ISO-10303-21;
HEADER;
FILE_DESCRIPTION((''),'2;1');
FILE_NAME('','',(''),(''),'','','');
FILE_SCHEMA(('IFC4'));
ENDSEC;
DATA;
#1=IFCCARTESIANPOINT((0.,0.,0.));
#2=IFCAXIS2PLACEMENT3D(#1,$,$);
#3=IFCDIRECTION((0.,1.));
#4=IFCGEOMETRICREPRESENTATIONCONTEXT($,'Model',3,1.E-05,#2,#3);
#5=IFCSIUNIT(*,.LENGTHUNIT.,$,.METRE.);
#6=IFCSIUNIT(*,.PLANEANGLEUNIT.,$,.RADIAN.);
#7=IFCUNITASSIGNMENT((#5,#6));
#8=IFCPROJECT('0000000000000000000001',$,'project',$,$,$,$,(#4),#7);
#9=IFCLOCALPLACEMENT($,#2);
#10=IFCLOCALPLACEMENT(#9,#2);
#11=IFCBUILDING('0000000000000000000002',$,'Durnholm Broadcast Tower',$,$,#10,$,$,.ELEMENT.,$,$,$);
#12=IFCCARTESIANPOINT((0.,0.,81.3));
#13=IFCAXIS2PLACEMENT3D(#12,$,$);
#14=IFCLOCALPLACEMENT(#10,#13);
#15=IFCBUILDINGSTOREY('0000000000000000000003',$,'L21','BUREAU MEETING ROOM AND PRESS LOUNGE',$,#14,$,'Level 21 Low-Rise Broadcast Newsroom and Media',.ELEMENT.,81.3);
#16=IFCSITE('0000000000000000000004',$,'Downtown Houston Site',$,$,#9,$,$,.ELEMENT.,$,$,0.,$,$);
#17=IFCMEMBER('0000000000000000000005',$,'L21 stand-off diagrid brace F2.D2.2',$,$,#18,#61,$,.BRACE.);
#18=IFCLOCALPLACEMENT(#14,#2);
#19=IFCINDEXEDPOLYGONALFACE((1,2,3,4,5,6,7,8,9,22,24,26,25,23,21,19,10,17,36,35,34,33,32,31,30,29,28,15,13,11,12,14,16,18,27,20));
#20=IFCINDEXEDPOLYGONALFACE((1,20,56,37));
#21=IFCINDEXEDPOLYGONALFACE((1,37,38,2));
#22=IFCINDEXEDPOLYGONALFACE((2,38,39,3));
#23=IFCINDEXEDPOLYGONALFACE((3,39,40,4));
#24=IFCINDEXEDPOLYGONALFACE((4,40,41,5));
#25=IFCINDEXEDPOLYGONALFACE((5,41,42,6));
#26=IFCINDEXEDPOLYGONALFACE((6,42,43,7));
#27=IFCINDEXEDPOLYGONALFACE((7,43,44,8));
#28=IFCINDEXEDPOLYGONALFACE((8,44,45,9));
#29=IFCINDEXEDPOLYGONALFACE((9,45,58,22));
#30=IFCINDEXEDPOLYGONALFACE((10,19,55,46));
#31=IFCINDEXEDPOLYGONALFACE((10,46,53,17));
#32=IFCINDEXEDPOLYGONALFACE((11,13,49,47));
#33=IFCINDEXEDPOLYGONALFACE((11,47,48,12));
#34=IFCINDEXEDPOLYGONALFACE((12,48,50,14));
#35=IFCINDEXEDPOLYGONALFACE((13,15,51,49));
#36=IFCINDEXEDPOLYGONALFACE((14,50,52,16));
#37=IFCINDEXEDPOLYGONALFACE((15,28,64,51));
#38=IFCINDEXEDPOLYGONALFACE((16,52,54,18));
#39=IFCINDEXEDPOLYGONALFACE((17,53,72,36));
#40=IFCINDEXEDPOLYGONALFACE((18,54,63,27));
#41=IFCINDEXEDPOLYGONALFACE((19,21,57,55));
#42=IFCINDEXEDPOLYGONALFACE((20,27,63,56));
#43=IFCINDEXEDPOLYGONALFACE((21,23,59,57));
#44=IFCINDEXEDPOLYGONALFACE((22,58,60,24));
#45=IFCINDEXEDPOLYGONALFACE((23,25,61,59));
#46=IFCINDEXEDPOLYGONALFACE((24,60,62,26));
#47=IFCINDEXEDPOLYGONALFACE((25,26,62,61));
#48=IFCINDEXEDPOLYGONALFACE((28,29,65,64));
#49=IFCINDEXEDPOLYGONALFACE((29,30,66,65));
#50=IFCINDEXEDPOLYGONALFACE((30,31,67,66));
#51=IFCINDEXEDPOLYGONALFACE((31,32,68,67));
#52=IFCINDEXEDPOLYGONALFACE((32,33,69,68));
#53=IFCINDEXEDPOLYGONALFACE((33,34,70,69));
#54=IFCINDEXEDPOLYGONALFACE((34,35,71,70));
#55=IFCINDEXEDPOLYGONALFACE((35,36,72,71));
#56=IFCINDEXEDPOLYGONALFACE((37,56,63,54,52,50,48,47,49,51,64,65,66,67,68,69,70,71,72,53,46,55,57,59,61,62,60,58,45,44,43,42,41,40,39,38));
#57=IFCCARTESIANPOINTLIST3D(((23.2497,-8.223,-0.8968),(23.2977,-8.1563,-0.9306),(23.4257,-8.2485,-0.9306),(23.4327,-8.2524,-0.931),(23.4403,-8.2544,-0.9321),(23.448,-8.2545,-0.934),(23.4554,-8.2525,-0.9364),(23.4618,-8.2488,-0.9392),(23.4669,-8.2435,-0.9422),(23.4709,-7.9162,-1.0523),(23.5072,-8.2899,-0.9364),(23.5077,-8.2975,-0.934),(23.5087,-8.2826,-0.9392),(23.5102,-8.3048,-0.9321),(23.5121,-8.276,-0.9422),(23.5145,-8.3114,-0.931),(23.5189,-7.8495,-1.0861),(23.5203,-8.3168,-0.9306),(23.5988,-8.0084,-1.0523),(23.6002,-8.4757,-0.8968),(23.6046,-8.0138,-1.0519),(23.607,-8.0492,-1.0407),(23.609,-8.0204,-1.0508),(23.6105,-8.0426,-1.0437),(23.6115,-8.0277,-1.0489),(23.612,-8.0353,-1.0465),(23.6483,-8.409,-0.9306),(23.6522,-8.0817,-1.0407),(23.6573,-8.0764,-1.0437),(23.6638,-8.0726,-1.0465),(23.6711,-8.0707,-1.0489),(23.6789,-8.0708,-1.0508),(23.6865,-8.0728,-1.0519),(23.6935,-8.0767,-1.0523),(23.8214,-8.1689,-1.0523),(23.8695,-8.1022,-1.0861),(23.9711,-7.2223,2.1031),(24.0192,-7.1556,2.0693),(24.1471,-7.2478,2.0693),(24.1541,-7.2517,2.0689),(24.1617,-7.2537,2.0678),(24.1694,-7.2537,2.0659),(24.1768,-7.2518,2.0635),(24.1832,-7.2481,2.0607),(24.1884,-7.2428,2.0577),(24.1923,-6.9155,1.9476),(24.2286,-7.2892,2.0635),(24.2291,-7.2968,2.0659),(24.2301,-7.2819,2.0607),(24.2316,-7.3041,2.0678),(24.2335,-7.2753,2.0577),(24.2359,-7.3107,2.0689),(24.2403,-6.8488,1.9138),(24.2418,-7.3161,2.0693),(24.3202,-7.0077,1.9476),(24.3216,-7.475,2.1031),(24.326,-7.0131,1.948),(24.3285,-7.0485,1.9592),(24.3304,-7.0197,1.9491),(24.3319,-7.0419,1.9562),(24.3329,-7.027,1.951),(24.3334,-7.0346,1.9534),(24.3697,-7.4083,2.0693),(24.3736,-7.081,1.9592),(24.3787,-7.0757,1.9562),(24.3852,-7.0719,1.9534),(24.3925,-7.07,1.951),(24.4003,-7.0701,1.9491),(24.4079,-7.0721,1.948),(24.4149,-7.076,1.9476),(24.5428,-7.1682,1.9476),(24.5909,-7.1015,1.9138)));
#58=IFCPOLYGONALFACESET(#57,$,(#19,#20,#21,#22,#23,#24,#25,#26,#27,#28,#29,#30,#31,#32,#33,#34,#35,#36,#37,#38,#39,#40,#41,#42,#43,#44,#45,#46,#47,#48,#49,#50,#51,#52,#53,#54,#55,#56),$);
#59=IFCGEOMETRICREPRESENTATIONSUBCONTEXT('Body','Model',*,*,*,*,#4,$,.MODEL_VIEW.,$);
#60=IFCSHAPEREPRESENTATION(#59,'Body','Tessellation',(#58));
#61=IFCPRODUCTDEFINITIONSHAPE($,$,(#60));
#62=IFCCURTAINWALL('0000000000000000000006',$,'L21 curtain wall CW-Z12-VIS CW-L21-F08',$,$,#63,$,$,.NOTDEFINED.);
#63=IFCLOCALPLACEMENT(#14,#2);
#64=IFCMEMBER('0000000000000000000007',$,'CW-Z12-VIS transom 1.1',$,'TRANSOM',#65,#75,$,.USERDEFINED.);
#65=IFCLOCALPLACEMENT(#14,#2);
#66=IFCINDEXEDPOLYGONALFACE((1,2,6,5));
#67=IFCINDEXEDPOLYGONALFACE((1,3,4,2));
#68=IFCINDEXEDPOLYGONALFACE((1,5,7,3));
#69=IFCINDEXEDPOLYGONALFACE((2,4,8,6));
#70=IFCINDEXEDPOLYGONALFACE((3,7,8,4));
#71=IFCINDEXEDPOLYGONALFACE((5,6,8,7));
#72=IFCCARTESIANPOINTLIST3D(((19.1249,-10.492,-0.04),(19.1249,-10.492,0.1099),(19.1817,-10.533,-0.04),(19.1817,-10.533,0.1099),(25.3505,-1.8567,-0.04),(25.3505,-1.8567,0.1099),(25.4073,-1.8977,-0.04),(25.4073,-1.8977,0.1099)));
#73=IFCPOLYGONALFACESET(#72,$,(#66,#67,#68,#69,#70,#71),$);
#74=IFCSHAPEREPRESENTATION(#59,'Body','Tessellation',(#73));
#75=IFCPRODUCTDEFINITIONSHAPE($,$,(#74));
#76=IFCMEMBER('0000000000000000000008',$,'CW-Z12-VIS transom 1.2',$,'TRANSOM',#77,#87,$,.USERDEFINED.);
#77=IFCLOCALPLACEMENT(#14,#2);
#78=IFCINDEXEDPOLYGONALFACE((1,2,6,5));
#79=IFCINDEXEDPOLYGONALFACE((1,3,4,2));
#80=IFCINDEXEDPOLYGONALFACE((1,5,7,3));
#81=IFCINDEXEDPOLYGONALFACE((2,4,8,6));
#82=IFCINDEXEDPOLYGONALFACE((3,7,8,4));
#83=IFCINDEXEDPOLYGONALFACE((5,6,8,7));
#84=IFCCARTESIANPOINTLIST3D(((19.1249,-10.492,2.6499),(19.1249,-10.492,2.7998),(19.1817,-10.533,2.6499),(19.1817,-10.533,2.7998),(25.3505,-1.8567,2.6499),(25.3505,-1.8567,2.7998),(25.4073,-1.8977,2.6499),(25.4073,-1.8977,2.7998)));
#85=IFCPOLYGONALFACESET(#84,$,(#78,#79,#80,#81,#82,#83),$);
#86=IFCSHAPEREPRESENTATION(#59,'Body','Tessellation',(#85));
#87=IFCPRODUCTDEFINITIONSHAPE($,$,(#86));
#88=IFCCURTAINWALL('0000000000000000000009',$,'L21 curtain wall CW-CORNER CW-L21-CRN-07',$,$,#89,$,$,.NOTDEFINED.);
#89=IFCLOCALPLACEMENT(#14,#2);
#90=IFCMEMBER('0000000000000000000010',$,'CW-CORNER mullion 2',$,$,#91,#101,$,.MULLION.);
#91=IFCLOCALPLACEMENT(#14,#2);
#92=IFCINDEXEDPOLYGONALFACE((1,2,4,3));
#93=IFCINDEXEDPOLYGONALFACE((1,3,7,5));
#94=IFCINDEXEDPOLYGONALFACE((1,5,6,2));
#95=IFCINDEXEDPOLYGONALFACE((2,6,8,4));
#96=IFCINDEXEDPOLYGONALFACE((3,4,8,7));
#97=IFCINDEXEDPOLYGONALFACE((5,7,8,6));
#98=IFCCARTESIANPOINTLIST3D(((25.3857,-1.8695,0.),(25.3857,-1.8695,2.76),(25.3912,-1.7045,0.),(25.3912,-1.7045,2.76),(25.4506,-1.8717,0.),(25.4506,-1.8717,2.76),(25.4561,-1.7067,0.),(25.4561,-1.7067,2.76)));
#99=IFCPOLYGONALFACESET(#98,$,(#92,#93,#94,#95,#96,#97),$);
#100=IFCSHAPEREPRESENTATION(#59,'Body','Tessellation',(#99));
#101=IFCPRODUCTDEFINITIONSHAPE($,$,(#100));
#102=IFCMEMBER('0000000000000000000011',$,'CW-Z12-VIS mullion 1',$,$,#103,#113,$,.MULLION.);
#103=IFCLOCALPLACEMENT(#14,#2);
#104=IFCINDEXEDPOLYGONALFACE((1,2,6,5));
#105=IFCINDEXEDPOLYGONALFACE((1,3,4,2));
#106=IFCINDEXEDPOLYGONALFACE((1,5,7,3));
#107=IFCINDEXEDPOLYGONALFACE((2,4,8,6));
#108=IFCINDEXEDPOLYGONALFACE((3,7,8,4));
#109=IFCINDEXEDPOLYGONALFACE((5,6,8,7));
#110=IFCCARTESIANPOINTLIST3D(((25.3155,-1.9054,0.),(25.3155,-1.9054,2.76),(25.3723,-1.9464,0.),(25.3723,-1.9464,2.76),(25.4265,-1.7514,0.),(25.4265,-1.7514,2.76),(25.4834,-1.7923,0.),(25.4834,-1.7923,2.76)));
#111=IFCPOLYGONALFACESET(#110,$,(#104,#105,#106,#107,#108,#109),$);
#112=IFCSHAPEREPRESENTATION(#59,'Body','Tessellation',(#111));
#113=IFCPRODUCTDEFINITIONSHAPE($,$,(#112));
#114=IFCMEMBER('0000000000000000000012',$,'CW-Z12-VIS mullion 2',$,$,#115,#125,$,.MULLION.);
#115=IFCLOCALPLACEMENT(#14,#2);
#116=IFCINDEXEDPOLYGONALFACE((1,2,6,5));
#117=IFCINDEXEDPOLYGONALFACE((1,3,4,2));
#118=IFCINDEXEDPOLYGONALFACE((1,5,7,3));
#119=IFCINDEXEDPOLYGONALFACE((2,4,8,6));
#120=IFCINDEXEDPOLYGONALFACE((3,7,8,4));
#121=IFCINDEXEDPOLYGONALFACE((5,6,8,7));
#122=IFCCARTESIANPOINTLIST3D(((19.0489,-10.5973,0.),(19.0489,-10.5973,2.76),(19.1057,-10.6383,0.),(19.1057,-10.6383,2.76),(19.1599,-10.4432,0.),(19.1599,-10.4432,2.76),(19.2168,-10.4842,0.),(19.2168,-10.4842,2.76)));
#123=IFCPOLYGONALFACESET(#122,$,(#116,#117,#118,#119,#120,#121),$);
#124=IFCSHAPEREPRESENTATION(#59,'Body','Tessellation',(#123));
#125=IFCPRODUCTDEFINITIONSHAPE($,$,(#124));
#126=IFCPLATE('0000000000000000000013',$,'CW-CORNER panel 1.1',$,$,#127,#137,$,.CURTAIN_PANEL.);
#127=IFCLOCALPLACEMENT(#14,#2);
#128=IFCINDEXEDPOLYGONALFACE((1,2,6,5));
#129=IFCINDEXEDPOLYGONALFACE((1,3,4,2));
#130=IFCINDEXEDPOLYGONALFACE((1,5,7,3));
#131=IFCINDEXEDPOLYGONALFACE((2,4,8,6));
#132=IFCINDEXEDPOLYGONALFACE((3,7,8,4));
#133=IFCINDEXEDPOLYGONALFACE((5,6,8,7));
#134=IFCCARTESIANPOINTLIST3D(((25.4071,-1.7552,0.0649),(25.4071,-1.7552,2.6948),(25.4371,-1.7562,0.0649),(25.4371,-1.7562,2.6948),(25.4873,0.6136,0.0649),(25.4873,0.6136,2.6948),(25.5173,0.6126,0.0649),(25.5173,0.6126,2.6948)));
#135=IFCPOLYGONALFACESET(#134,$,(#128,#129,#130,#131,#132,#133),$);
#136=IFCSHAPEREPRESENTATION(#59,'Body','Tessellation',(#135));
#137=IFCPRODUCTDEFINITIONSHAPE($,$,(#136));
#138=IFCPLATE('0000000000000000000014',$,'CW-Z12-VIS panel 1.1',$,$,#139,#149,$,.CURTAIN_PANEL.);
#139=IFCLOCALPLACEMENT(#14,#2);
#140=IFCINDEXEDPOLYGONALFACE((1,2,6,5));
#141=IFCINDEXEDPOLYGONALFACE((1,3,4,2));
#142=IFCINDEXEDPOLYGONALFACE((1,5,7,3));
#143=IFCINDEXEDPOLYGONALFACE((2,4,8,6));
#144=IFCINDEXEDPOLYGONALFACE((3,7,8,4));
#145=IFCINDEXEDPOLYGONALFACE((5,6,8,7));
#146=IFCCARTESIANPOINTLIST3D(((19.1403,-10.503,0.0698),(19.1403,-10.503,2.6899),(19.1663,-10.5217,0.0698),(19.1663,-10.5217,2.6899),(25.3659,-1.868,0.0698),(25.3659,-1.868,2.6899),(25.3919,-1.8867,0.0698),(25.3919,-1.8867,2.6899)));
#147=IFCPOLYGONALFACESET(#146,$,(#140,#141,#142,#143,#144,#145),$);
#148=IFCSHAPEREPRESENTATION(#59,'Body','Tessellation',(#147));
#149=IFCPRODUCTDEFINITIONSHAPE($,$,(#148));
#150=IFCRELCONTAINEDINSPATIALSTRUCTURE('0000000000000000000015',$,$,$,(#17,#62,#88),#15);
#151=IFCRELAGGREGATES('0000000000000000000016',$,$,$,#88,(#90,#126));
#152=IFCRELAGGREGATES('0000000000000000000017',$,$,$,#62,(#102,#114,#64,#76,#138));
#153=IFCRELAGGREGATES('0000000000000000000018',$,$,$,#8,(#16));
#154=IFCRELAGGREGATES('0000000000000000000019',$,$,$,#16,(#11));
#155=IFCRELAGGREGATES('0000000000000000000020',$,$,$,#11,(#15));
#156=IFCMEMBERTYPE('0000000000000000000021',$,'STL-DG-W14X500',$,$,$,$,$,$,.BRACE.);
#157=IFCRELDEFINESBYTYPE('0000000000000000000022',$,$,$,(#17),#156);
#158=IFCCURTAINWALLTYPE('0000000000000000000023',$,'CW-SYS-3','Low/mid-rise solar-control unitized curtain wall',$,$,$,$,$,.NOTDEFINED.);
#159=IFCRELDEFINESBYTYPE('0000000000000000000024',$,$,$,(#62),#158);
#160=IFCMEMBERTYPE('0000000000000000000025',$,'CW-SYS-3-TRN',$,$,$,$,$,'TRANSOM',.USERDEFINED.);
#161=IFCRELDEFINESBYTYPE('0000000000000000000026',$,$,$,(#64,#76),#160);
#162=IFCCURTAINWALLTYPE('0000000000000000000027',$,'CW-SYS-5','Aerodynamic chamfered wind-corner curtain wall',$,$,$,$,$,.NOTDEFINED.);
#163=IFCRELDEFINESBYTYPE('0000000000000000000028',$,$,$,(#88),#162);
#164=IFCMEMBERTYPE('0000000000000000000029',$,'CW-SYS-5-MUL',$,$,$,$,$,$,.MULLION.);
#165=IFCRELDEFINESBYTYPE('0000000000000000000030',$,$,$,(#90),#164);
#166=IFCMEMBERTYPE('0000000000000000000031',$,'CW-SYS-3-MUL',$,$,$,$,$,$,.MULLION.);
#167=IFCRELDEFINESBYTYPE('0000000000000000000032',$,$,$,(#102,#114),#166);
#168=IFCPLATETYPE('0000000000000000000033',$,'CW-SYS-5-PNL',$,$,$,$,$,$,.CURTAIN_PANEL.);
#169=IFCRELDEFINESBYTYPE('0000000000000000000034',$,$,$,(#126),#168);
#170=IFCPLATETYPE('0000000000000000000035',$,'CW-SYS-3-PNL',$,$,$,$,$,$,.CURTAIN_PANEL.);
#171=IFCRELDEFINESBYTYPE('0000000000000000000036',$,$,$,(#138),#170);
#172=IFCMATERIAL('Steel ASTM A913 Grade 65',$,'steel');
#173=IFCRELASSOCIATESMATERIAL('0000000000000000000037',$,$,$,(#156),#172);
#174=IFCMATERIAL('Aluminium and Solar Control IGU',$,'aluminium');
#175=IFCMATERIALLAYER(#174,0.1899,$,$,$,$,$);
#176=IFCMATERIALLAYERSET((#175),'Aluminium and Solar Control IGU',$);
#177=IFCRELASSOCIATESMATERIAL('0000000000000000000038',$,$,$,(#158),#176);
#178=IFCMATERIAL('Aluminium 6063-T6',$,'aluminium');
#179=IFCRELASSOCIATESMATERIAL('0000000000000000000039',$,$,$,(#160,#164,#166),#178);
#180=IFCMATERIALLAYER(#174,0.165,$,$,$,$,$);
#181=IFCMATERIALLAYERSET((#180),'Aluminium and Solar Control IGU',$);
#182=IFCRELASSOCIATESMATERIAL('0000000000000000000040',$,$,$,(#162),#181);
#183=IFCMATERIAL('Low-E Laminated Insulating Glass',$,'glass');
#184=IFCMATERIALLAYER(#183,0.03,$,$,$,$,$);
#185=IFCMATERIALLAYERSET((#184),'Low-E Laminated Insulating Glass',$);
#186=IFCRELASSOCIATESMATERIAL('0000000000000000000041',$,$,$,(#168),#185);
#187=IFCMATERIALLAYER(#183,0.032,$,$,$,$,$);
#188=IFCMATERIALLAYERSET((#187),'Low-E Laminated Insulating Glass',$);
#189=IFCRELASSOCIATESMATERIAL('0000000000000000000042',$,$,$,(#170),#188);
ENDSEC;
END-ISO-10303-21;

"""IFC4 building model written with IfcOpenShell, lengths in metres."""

from ifc_helpers import new_model, si_unit, direction, frame, origin, origin_2d, place, context, subcontext, project, spatial, rectangle, i_section, extrude, source, transform, mapped, material, layer, layer_set, material_profile, profile_set, type_object, type_shapes, element, aggregate, save


model = new_model("IFC4")

# Units and contexts
model_context = context("Model", 3, precision=1e-05, world=origin(), true_north=direction((0.0, 1.0)))
body_context = subcontext(model_context, "Body", "Model", "MODEL_VIEW")
ifc_project = project(units=[si_unit("LENGTHUNIT", "METRE"), si_unit("PLANEANGLEUNIT", "RADIAN")], contexts=[model_context])

# Site, building, storey
site_placement = place(None, origin())
site = spatial("IfcSite", under=ifc_project, at=site_placement, Name="Downtown Houston Site", CompositionType="ELEMENT", RefElevation=0.0)
building_placement = place(site_placement, origin())
building = spatial("IfcBuilding", under=site, at=building_placement, Name="Durnholm Broadcast Tower", CompositionType="ELEMENT")
storey_placement = place(building_placement, frame((0.0, 0.0, 81.3)))
storey = spatial("IfcBuildingStorey", under=building, at=storey_placement, Name="L21", Description="BUREAU MEETING ROOM AND PRESS LOUNGE", LongName="Level 21 Low-Rise Broadcast Newsroom and Media", CompositionType="ELEMENT", Elevation=81.3)

# Member
ifc_material_1 = material(Name="Steel ASTM A913 Grade 65", Category="steel")
ifc_material_profile_1 = material_profile(ifc_material_1, i_section(OverallWidth=0.4321, OverallDepth=0.4978, WebThickness=0.0557, FlangeThickness=0.0889, FilletRadius=0.0305, at=origin_2d()), Name="W14X500")
ifc_profile_set_1 = profile_set([ifc_material_profile_1], Name="Steel ASTM A913 Grade 65")
member_type_1 = type_object("IfcMemberType", Name="STL-DG-W14X500", PredefinedType="BRACE", material=ifc_profile_set_1)
shared_shape_1 = source(origin(), body_context, "Body", "SweptSolid", [
    extrude(i_section(OverallWidth=0.4321, OverallDepth=0.4978, WebThickness=0.0557, FlangeThickness=0.0889, FilletRadius=0.0305, at=origin_2d()), origin(), (0.0, 0.0, 1.0), 3.2437),
])
member_1_placement = place(storey_placement, frame((23.5596, -8.1626, -0.9915), z_axis=(0.222408, 0.308511, 0.924855), x_axis=(-0.811185, 0.584789, 0.0)))
element("IfcMember", 1, at=member_1_placement, inside=storey, type_object=member_type_1, Name="L21 stand-off diagrid brace F2.D2.2", PredefinedType="BRACE", context=body_context, shape_type="MappedRepresentation", body=[
    mapped(shared_shape_1, transform((0.0, 0.0, 0.0), x_axis=(1.0, 0.0, 0.0), y_axis=(0.0, 1.0, 0.0), z_axis=(0.0, 0.0, 1.0), scale=1.0)),
])

# Curtain wall, members
ifc_material_2 = material(Name="Aluminium and Solar Control IGU", Category="aluminium")
ifc_layer_1 = layer(ifc_material_2, 0.1899)
ifc_layer_set_1 = layer_set([ifc_layer_1], Name="Aluminium and Solar Control IGU")
curtain_wall_type_1 = type_object("IfcCurtainWallType", Name="CW-SYS-3", Description="Low/mid-rise solar-control unitized curtain wall", PredefinedType="NOTDEFINED", material=ifc_layer_set_1)
curtain_wall_1_placement = place(storey_placement, origin())
curtain_wall_1 = element("IfcCurtainWall", 2, at=curtain_wall_1_placement, inside=storey, type_object=curtain_wall_type_1, Name="L21 curtain wall CW-Z12-VIS CW-L21-F08", PredefinedType="NOTDEFINED")
ifc_material_3 = material(Name="Aluminium 6063-T6", Category="aluminium")
ifc_material_profile_2 = material_profile(ifc_material_3, rectangle(XDim=0.0701, YDim=0.1499, at=origin_2d()), Name="CWT70X150")
ifc_profile_set_2 = profile_set([ifc_material_profile_2], Name="Aluminium 6063-T6")
member_type_2 = type_object("IfcMemberType", Name="CW-SYS-3-TRN", ElementType="TRANSOM", PredefinedType="USERDEFINED", material=ifc_profile_set_2)
shared_shape_2 = source(origin(), body_context, "Body", "SweptSolid", [
    extrude(rectangle(XDim=0.0701, YDim=0.1499, at=origin_2d()), origin(), (0.0, 0.0, 1.0), 10.6455),
])
type_shapes(member_type_2, [shared_shape_2])
member_2_placement = place(storey_placement, frame((25.3789, -1.8772, 0.0349), z_axis=(-0.584812, -0.811169, 0.0), x_axis=(0.811169, -0.584812, 0.0)))
member_2 = element("IfcMember", 3, at=member_2_placement, type_object=member_type_2, Name="CW-Z12-VIS transom 1.1", ObjectType="TRANSOM", PredefinedType="USERDEFINED", context=body_context, shape_type="MappedRepresentation", body=[
    mapped(shared_shape_2, transform((0.0, 0.0, 0.0), x_axis=(1.0, 0.0, 0.0), y_axis=(0.0, 1.0, 0.0), z_axis=(0.0, 0.0, 1.0), scale=1.0)),
])
member_3_placement = place(storey_placement, frame((25.3789, -1.8772, 2.7249), z_axis=(-0.584812, -0.811169, 0.0), x_axis=(0.811169, -0.584812, 0.0)))
member_3 = element("IfcMember", 4, at=member_3_placement, type_object=member_type_2, Name="CW-Z12-VIS transom 1.2", ObjectType="TRANSOM", PredefinedType="USERDEFINED", context=body_context, shape_type="MappedRepresentation", body=[
    mapped(shared_shape_2, transform((0.0, 0.0, 0.0), x_axis=(1.0, 0.0, 0.0), y_axis=(0.0, 1.0, 0.0), z_axis=(0.0, 0.0, 1.0), scale=1.0)),
])

# Curtain wall, member
ifc_layer_2 = layer(ifc_material_2, 0.165)
ifc_layer_set_2 = layer_set([ifc_layer_2], Name="Aluminium and Solar Control IGU")
curtain_wall_type_2 = type_object("IfcCurtainWallType", Name="CW-SYS-5", Description="Aerodynamic chamfered wind-corner curtain wall", PredefinedType="NOTDEFINED", material=ifc_layer_set_2)
curtain_wall_2_placement = place(storey_placement, origin())
curtain_wall_2 = element("IfcCurtainWall", 5, at=curtain_wall_2_placement, inside=storey, type_object=curtain_wall_type_2, Name="L21 curtain wall CW-CORNER CW-L21-CRN-07", PredefinedType="NOTDEFINED")
ifc_material_profile_3 = material_profile(ifc_material_3, rectangle(XDim=0.0649, YDim=0.165, at=origin_2d()), Name="CWM65X165")
ifc_profile_set_3 = profile_set([ifc_material_profile_3], Name="Aluminium 6063-T6")
member_type_3 = type_object("IfcMemberType", Name="CW-SYS-5-MUL", PredefinedType="MULLION", material=ifc_profile_set_3)
shared_shape_3 = source(origin(), body_context, "Body", "SweptSolid", [
    extrude(rectangle(XDim=0.0649, YDim=0.165, at=origin_2d()), origin(), (0.0, 0.0, 1.0), 2.76),
])
type_shapes(member_type_3, [shared_shape_3])
member_4_placement = place(storey_placement, frame((25.4209, -1.7881, 0.0), z_axis=(0.0, 0.0, 1.0), x_axis=(0.999427, -0.03384, 0.0)))
member_4 = element("IfcMember", 6, at=member_4_placement, type_object=member_type_3, Name="CW-CORNER mullion 2", PredefinedType="MULLION", context=body_context, shape_type="MappedRepresentation", body=[
    mapped(shared_shape_3, transform((0.0, 0.0, 0.0), x_axis=(1.0, 0.0, 0.0), y_axis=(0.0, 1.0, 0.0), z_axis=(0.0, 0.0, 1.0), scale=1.0)),
])

# Members
ifc_material_profile_4 = material_profile(ifc_material_3, rectangle(XDim=0.0701, YDim=0.1899, at=origin_2d()), Name="CWM70X190")
ifc_profile_set_4 = profile_set([ifc_material_profile_4], Name="Aluminium 6063-T6")
member_type_4 = type_object("IfcMemberType", Name="CW-SYS-3-MUL", PredefinedType="MULLION", material=ifc_profile_set_4)
shared_shape_4 = source(origin(), body_context, "Body", "SweptSolid", [
    extrude(rectangle(XDim=0.0701, YDim=0.1899, at=origin_2d()), origin(), (0.0, 0.0, 1.0), 2.76),
])
type_shapes(member_type_4, [shared_shape_4])
member_5_placement = place(storey_placement, frame((25.3994, -1.8489, 0.0), z_axis=(0.0, 0.0, 1.0), x_axis=(0.811161, -0.584823, 0.0)))
member_5 = element("IfcMember", 7, at=member_5_placement, type_object=member_type_4, Name="CW-Z12-VIS mullion 1", PredefinedType="MULLION", context=body_context, shape_type="MappedRepresentation", body=[
    mapped(shared_shape_4, transform((0.0, 0.0, 0.0), x_axis=(1.0, 0.0, 0.0), y_axis=(0.0, 1.0, 0.0), z_axis=(0.0, 0.0, 1.0), scale=1.0)),
])
member_6_placement = place(storey_placement, frame((19.1328, -10.5408, 0.0), z_axis=(0.0, 0.0, 1.0), x_axis=(0.811161, -0.584823, 0.0)))
member_6 = element("IfcMember", 8, at=member_6_placement, type_object=member_type_4, Name="CW-Z12-VIS mullion 2", PredefinedType="MULLION", context=body_context, shape_type="MappedRepresentation", body=[
    mapped(shared_shape_4, transform((0.0, 0.0, 0.0), x_axis=(1.0, 0.0, 0.0), y_axis=(0.0, 1.0, 0.0), z_axis=(0.0, 0.0, 1.0), scale=1.0)),
])

# Plates
ifc_material_4 = material(Name="Low-E Laminated Insulating Glass", Category="glass")
ifc_layer_3 = layer(ifc_material_4, 0.03)
ifc_layer_set_3 = layer_set([ifc_layer_3], Name="Low-E Laminated Insulating Glass")
plate_type_1 = type_object("IfcPlateType", Name="CW-SYS-5-PNL", PredefinedType="CURTAIN_PANEL", material=ifc_layer_set_3)
shared_shape_5 = source(origin(), body_context, "Body", "SweptSolid", [
    extrude(rectangle(XDim=2.3701, YDim=0.03, at=origin_2d()), origin(), (0.0, 0.0, 1.0), 2.6299),
])
type_shapes(plate_type_1, [shared_shape_5])
plate_1_placement = place(storey_placement, frame((25.4622, -0.5713, 0.0649), z_axis=(0.0, 0.0, 1.0), x_axis=(-0.03384, -0.999427, 0.0)))
plate_1 = element("IfcPlate", 9, at=plate_1_placement, type_object=plate_type_1, Name="CW-CORNER panel 1.1", PredefinedType="CURTAIN_PANEL", context=body_context, shape_type="MappedRepresentation", body=[
    mapped(shared_shape_5, transform((0.0, 0.0, 0.0), x_axis=(1.0, 0.0, 0.0), y_axis=(0.0, 1.0, 0.0), z_axis=(0.0, 0.0, 1.0), scale=1.0)),
])
aggregate(curtain_wall_2, [member_4, plate_1])
ifc_layer_4 = layer(ifc_material_4, 0.032)
ifc_layer_set_4 = layer_set([ifc_layer_4], Name="Low-E Laminated Insulating Glass")
plate_type_2 = type_object("IfcPlateType", Name="CW-SYS-3-PNL", PredefinedType="CURTAIN_PANEL", material=ifc_layer_set_4)
shared_shape_6 = source(origin(), body_context, "Body", "SweptSolid", [
    extrude(rectangle(XDim=10.6453, YDim=0.032, at=origin_2d()), origin(), (0.0, 0.0, 1.0), 2.6201),
])
type_shapes(plate_type_2, [shared_shape_6])
plate_2_placement = place(storey_placement, frame((22.2661, -6.1948, 0.0698), z_axis=(0.0, 0.0, 1.0), x_axis=(-0.584823, -0.811161, 0.0)))
plate_2 = element("IfcPlate", 10, at=plate_2_placement, type_object=plate_type_2, Name="CW-Z12-VIS panel 1.1", PredefinedType="CURTAIN_PANEL", context=body_context, shape_type="MappedRepresentation", body=[
    mapped(shared_shape_6, transform((0.0, 0.0, 0.0), x_axis=(1.0, 0.0, 0.0), y_axis=(0.0, 1.0, 0.0), z_axis=(0.0, 0.0, 1.0), scale=1.0)),
])
aggregate(curtain_wall_1, [member_5, member_6, member_2, member_3, plate_2])

save(model, "model.ifc")
